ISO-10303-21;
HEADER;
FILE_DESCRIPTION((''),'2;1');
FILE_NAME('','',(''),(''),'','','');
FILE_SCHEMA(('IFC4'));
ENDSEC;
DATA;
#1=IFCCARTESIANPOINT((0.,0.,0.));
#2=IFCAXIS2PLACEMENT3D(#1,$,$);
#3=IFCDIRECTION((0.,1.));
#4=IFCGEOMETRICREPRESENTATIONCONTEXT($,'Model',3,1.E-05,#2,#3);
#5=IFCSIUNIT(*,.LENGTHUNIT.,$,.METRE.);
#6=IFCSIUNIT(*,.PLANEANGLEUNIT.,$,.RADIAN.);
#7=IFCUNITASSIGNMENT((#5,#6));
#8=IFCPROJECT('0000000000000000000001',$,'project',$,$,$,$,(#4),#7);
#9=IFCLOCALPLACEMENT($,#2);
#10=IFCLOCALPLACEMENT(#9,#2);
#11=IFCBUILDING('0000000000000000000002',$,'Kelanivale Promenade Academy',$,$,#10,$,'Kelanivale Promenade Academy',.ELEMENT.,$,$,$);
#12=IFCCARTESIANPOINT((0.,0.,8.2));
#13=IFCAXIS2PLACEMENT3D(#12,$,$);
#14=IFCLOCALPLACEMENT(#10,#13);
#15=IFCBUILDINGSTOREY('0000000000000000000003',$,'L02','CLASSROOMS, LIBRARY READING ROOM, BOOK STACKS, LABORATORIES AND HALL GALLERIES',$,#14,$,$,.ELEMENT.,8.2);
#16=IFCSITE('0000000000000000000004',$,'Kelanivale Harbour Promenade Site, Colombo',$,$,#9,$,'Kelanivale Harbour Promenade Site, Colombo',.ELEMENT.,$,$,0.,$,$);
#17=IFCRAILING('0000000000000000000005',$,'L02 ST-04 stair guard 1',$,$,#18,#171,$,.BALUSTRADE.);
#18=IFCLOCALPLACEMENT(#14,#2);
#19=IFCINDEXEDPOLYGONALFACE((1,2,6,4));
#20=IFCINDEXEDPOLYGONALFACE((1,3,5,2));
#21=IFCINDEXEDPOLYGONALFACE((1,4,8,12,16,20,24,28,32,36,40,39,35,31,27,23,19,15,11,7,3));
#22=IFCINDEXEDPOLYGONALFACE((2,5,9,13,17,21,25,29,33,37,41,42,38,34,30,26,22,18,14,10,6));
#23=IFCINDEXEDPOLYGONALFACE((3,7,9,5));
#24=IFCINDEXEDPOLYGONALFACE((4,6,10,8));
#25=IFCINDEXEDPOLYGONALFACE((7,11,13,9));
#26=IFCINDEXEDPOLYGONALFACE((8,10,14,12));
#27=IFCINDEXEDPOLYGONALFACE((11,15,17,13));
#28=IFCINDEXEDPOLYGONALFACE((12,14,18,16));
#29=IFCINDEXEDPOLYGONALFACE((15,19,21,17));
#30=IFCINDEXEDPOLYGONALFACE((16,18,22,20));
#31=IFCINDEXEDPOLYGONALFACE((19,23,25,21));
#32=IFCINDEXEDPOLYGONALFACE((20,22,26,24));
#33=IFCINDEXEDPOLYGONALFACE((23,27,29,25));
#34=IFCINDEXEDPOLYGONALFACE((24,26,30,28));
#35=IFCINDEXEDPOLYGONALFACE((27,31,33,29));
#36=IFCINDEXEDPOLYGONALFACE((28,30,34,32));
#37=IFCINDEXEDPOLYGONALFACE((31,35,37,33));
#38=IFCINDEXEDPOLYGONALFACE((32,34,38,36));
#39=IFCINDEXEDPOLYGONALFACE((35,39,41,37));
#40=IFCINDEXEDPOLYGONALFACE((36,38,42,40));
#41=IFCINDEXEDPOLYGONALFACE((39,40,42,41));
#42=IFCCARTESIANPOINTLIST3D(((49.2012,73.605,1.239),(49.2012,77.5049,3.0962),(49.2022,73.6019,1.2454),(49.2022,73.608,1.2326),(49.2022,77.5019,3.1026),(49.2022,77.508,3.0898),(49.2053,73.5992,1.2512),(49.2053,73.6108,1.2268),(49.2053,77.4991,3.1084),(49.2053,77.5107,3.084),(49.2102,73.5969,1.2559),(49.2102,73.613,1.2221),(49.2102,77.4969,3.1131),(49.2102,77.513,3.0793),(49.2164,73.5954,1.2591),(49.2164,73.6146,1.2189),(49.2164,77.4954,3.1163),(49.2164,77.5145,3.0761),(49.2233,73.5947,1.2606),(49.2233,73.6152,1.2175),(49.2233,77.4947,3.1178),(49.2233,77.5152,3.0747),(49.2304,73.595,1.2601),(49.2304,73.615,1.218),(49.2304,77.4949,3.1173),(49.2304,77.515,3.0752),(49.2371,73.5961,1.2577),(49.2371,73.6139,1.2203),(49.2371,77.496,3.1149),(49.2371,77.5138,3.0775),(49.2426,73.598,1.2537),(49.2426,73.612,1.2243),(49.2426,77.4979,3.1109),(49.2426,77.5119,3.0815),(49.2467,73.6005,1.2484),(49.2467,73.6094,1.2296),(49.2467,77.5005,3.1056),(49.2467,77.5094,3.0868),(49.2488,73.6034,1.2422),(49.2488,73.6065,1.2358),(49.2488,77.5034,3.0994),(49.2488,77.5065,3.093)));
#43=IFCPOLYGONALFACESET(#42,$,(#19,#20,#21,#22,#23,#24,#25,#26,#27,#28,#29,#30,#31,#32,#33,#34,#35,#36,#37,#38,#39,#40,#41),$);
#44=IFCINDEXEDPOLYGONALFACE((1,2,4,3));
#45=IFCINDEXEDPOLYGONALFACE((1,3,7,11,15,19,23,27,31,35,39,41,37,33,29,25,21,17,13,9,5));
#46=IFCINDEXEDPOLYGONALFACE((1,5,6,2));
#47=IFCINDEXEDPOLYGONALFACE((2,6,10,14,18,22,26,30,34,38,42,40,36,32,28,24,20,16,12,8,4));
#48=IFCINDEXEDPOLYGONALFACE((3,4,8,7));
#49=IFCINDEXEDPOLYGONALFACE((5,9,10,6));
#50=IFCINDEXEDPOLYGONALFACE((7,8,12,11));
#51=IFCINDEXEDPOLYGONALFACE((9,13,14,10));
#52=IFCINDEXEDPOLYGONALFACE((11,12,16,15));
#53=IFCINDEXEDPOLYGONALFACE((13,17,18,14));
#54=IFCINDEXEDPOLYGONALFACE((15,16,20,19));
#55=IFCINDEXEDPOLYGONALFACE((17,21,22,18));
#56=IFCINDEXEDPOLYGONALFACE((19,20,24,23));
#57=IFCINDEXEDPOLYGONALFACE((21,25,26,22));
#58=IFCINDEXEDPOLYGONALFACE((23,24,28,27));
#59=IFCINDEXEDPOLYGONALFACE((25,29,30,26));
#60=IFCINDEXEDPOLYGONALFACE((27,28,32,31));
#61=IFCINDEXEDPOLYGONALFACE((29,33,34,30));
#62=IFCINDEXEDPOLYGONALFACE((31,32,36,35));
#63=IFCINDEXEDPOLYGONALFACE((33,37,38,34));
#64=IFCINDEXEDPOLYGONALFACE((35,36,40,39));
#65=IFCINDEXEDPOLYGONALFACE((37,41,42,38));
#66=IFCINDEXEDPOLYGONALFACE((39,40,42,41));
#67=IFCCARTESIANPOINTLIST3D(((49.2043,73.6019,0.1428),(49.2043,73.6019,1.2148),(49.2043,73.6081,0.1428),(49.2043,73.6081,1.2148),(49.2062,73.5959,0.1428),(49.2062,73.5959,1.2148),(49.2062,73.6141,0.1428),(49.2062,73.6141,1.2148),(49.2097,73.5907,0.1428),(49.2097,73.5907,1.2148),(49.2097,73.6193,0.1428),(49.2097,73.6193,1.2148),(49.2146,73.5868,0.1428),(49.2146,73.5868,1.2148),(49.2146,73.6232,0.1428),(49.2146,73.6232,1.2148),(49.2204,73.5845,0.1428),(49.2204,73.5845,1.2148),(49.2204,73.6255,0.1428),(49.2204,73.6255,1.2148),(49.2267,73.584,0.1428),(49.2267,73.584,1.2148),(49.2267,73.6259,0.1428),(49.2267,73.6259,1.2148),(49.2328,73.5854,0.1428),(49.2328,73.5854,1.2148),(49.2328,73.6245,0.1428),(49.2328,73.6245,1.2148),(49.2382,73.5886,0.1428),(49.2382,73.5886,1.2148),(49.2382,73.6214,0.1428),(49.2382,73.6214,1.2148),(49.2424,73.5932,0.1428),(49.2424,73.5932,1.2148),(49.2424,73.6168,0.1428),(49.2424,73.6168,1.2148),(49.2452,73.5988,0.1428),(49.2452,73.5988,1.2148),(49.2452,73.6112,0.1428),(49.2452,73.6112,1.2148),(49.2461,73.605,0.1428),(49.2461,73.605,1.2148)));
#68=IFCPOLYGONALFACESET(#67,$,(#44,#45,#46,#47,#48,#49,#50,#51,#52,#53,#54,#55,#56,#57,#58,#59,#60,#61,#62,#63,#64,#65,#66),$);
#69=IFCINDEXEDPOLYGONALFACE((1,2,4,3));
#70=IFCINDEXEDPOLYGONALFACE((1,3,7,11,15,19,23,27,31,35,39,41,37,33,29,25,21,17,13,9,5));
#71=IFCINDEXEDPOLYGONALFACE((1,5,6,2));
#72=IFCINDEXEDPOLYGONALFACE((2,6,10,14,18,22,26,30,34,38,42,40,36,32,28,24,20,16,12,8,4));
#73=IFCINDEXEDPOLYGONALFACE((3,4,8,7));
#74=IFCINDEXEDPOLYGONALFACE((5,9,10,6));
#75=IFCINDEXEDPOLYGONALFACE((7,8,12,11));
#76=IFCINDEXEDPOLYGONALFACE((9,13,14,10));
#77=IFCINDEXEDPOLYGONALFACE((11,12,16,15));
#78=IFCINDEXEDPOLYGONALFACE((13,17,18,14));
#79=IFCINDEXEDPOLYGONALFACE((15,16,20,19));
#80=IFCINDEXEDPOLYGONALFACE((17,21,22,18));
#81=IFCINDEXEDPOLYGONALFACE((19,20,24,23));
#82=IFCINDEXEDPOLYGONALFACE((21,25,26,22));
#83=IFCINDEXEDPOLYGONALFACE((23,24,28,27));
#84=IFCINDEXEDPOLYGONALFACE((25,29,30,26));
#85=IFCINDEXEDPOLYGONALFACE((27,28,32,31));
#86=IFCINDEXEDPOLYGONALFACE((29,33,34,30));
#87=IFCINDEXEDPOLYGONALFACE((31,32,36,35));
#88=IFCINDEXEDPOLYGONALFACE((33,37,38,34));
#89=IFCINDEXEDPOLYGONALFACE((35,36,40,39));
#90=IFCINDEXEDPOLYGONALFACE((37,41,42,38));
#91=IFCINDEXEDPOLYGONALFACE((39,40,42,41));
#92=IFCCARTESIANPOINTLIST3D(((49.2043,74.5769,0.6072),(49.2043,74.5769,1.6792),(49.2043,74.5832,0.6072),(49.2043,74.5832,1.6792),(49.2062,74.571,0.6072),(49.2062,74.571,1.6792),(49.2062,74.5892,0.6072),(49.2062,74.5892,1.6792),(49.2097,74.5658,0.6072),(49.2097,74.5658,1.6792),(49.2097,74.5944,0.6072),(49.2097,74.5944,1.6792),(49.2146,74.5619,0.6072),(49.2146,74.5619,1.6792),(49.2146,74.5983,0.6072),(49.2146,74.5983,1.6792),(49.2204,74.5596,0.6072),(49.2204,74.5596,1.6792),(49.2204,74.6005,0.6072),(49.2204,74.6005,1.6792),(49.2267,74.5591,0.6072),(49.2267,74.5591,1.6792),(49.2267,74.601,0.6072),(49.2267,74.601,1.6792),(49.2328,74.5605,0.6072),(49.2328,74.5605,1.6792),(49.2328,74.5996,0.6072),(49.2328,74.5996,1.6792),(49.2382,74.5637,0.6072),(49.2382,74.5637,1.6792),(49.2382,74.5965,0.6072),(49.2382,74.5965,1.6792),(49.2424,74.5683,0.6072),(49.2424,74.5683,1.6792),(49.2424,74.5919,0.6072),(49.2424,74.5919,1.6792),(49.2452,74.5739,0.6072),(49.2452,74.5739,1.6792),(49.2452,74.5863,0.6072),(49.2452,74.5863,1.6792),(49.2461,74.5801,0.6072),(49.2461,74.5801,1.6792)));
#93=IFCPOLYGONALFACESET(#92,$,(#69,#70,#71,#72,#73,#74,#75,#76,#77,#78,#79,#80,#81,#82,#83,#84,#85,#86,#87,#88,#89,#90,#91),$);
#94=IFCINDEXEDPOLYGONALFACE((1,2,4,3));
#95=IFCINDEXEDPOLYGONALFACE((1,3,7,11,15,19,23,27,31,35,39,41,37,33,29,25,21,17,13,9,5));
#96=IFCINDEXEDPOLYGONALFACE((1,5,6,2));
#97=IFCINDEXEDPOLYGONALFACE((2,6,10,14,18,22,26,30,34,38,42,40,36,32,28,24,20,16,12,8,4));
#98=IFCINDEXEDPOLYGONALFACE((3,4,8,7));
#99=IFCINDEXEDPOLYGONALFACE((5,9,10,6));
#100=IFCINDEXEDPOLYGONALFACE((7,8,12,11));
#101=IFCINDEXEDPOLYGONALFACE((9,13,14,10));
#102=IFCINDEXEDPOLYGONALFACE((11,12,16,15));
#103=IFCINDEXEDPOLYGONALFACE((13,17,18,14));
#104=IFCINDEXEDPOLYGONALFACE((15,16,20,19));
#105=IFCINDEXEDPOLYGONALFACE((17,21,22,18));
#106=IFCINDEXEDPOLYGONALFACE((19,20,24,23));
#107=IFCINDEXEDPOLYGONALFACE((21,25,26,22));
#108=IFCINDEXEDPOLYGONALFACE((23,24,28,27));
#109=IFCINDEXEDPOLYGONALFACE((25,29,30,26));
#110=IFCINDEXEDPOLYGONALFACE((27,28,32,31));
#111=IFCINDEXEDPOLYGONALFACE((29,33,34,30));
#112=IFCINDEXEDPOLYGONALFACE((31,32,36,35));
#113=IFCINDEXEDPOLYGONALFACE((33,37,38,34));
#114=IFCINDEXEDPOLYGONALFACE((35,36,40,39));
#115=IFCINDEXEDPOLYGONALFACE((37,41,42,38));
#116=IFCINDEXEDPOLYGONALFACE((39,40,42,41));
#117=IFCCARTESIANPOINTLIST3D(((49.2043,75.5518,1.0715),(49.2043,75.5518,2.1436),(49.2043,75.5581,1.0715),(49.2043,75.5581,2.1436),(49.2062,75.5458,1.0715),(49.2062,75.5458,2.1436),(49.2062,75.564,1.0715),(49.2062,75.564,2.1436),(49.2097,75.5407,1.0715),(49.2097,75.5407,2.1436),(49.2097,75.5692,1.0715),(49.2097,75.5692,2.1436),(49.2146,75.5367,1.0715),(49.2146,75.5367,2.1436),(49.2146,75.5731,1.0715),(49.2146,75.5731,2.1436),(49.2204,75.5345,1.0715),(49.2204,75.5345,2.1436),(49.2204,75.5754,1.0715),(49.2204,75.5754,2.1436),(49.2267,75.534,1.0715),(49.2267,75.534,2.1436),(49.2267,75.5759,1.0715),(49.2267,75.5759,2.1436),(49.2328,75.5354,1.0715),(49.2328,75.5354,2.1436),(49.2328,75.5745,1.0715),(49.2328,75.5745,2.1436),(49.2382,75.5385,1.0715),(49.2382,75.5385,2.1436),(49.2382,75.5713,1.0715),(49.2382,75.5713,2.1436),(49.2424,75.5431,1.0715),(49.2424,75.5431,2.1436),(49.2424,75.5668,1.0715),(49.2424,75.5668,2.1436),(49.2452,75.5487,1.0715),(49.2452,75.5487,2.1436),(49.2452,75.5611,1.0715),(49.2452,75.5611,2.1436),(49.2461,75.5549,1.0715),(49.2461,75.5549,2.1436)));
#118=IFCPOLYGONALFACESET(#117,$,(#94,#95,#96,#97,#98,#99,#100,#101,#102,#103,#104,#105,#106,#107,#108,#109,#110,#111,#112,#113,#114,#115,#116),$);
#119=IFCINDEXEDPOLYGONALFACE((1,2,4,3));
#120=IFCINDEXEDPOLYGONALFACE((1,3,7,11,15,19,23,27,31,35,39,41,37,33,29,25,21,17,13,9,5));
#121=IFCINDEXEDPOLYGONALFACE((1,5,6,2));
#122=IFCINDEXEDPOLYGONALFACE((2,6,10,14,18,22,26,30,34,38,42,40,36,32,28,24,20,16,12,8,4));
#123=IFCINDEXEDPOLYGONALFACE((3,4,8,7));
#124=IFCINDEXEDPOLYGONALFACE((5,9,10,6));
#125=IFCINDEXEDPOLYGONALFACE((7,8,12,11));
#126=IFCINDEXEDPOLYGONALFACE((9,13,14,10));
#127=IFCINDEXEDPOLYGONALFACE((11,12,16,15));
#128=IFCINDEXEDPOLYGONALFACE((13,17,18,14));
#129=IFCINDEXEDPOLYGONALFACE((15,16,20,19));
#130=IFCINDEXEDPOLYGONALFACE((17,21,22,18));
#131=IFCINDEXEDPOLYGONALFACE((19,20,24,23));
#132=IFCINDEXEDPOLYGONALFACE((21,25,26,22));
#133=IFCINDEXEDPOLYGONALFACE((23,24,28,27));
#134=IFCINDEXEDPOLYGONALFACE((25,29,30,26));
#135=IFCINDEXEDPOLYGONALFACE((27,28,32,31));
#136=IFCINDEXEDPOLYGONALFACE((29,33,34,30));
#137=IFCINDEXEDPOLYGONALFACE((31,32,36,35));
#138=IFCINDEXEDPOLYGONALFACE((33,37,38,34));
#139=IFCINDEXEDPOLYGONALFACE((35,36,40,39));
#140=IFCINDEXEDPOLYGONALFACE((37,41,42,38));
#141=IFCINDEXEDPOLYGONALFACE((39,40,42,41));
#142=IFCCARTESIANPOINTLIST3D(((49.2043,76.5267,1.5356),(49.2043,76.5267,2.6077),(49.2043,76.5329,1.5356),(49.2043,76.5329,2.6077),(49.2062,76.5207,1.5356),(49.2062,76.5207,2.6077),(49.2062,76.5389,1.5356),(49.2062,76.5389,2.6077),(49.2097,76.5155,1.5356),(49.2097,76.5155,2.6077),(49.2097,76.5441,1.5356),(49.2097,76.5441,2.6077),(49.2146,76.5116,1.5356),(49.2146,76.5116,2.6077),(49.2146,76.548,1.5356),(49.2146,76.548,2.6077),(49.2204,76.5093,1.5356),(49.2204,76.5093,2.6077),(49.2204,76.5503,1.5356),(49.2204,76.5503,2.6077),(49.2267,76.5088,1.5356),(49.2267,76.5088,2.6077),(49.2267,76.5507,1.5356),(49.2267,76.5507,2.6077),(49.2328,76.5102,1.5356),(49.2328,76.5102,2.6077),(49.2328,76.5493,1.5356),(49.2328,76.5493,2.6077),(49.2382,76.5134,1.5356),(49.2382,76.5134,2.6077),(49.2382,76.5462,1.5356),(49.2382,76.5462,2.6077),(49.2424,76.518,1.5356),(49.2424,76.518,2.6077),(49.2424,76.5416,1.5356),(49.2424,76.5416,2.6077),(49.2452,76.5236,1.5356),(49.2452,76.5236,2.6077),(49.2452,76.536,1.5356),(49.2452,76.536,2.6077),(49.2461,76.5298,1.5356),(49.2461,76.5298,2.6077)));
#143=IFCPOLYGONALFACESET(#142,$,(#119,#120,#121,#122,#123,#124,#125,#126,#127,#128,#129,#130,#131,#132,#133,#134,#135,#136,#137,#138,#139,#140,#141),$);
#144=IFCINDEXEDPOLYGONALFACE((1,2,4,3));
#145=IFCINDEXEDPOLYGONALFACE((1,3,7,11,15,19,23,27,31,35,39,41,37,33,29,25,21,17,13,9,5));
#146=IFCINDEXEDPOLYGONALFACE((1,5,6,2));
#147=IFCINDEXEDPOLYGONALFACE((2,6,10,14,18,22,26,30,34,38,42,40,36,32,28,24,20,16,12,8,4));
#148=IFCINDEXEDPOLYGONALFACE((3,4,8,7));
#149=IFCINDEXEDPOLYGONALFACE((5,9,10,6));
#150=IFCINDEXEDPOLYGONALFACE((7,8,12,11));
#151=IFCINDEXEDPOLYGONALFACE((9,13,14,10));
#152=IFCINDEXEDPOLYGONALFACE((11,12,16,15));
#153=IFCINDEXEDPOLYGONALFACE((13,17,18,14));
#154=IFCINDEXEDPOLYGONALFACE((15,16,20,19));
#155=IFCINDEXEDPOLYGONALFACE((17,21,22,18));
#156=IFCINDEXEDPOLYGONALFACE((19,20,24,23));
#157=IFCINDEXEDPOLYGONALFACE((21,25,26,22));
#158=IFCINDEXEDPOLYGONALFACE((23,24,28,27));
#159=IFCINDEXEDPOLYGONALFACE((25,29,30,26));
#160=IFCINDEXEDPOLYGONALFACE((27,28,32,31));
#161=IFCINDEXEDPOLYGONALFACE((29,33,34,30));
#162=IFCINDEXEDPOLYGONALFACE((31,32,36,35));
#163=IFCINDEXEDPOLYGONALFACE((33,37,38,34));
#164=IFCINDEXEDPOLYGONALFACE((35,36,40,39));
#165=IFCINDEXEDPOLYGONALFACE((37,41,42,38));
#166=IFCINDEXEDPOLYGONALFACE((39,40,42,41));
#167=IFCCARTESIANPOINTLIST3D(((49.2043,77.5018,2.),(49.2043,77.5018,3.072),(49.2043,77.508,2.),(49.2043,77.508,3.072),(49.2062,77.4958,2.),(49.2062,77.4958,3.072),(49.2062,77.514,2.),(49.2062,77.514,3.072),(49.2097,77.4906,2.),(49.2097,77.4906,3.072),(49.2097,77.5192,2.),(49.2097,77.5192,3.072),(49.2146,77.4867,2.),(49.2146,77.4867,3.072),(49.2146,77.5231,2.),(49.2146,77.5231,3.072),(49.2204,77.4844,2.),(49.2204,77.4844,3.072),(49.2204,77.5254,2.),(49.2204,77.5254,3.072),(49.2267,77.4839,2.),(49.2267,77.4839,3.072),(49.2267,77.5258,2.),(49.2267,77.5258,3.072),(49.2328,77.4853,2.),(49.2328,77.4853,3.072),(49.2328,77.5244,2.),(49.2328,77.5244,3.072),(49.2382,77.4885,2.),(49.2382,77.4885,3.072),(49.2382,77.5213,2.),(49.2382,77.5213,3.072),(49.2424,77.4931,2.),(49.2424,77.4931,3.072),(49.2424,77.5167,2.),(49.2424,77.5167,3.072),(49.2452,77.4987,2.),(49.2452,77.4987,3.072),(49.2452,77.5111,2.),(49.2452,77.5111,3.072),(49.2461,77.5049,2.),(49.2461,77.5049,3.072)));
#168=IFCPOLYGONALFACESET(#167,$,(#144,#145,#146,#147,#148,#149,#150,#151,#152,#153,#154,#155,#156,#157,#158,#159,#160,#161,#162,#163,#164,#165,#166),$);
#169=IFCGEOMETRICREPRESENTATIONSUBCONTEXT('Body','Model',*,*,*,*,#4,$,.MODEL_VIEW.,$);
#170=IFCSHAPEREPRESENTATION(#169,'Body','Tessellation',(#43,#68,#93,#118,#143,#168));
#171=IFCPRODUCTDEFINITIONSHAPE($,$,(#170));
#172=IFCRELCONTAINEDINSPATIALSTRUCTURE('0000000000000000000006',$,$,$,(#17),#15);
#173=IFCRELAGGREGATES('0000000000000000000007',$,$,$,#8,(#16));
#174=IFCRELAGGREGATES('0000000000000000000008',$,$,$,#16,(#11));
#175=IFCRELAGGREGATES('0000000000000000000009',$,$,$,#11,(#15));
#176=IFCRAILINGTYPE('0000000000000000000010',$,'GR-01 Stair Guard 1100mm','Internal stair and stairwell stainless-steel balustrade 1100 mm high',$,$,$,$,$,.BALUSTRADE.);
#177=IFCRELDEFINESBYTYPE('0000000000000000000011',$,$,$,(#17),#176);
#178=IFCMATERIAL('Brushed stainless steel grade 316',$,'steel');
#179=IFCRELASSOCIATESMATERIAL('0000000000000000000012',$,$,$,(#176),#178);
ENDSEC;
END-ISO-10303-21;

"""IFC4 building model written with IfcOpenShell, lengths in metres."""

from ifc_helpers import new_model, si_unit, direction, frame, origin, origin_2d, place, context, subcontext, project, spatial, circle, extrude, material, type_object, element, save


model = new_model("IFC4")

# Units and contexts
model_context = context("Model", 3, precision=1e-05, world=origin(), true_north=direction((0.0, 1.0)))
body_context = subcontext(model_context, "Body", "Model", "MODEL_VIEW")
ifc_project = project(units=[si_unit("LENGTHUNIT", "METRE"), si_unit("PLANEANGLEUNIT", "RADIAN")], contexts=[model_context])

# Site, building, storey
site_placement = place(None, origin())
site = spatial("IfcSite", under=ifc_project, at=site_placement, Name="Kelanivale Harbour Promenade Site, Colombo", LongName="Kelanivale Harbour Promenade Site, Colombo", CompositionType="ELEMENT", RefElevation=0.0)
building_placement = place(site_placement, origin())
building = spatial("IfcBuilding", under=site, at=building_placement, Name="Kelanivale Promenade Academy", LongName="Kelanivale Promenade Academy", CompositionType="ELEMENT")
storey_placement = place(building_placement, frame((0.0, 0.0, 8.2)))
storey = spatial("IfcBuildingStorey", under=building, at=storey_placement, Name="L02", Description="CLASSROOMS, LIBRARY READING ROOM, BOOK STACKS, LABORATORIES AND HALL GALLERIES", CompositionType="ELEMENT", Elevation=8.2)

# Railing
ifc_material_1 = material(Name="Brushed stainless steel grade 316", Category="steel")
railing_type = type_object("IfcRailingType", Name="GR-01 Stair Guard 1100mm", Description="Internal stair and stairwell stainless-steel balustrade 1100 mm high", PredefinedType="BALUSTRADE", material=ifc_material_1)
railing_1_placement = place(storey_placement, frame((49.2251, 73.605, 0.1428)))
element("IfcRailing", 1, at=railing_1_placement, inside=storey, type_object=railing_type, Name="L02 ST-04 stair guard 1", PredefinedType="BALUSTRADE", context=body_context, shape_type="SweptSolid", body=[
    extrude(circle(Radius=0.0239, at=origin_2d()), frame((0.0, 0.0, 1.0962), z_axis=(0.0, 0.902853, 0.429949), x_axis=(-1.0, 0.0, 0.0)), (0.0, 0.0, 1.0), 4.3196),
    extrude(circle(Radius=0.021, at=origin_2d()), origin(), (0.0, 0.0, 1.0), 1.072),
    extrude(circle(Radius=0.021, at=origin_2d()), frame((0.0, 0.9751, 0.4644)), (0.0, 0.0, 1.0), 1.072),
    extrude(circle(Radius=0.021, at=origin_2d()), frame((0.0, 1.95, 0.9287)), (0.0, 0.0, 1.0), 1.072),
    extrude(circle(Radius=0.021, at=origin_2d()), frame((0.0, 2.9248, 1.3928)), (0.0, 0.0, 1.0), 1.072),
    extrude(circle(Radius=0.021, at=origin_2d()), frame((0.0, 3.8999, 1.8572)), (0.0, 0.0, 1.0), 1.072),
])

save(model, "model.ifc")
